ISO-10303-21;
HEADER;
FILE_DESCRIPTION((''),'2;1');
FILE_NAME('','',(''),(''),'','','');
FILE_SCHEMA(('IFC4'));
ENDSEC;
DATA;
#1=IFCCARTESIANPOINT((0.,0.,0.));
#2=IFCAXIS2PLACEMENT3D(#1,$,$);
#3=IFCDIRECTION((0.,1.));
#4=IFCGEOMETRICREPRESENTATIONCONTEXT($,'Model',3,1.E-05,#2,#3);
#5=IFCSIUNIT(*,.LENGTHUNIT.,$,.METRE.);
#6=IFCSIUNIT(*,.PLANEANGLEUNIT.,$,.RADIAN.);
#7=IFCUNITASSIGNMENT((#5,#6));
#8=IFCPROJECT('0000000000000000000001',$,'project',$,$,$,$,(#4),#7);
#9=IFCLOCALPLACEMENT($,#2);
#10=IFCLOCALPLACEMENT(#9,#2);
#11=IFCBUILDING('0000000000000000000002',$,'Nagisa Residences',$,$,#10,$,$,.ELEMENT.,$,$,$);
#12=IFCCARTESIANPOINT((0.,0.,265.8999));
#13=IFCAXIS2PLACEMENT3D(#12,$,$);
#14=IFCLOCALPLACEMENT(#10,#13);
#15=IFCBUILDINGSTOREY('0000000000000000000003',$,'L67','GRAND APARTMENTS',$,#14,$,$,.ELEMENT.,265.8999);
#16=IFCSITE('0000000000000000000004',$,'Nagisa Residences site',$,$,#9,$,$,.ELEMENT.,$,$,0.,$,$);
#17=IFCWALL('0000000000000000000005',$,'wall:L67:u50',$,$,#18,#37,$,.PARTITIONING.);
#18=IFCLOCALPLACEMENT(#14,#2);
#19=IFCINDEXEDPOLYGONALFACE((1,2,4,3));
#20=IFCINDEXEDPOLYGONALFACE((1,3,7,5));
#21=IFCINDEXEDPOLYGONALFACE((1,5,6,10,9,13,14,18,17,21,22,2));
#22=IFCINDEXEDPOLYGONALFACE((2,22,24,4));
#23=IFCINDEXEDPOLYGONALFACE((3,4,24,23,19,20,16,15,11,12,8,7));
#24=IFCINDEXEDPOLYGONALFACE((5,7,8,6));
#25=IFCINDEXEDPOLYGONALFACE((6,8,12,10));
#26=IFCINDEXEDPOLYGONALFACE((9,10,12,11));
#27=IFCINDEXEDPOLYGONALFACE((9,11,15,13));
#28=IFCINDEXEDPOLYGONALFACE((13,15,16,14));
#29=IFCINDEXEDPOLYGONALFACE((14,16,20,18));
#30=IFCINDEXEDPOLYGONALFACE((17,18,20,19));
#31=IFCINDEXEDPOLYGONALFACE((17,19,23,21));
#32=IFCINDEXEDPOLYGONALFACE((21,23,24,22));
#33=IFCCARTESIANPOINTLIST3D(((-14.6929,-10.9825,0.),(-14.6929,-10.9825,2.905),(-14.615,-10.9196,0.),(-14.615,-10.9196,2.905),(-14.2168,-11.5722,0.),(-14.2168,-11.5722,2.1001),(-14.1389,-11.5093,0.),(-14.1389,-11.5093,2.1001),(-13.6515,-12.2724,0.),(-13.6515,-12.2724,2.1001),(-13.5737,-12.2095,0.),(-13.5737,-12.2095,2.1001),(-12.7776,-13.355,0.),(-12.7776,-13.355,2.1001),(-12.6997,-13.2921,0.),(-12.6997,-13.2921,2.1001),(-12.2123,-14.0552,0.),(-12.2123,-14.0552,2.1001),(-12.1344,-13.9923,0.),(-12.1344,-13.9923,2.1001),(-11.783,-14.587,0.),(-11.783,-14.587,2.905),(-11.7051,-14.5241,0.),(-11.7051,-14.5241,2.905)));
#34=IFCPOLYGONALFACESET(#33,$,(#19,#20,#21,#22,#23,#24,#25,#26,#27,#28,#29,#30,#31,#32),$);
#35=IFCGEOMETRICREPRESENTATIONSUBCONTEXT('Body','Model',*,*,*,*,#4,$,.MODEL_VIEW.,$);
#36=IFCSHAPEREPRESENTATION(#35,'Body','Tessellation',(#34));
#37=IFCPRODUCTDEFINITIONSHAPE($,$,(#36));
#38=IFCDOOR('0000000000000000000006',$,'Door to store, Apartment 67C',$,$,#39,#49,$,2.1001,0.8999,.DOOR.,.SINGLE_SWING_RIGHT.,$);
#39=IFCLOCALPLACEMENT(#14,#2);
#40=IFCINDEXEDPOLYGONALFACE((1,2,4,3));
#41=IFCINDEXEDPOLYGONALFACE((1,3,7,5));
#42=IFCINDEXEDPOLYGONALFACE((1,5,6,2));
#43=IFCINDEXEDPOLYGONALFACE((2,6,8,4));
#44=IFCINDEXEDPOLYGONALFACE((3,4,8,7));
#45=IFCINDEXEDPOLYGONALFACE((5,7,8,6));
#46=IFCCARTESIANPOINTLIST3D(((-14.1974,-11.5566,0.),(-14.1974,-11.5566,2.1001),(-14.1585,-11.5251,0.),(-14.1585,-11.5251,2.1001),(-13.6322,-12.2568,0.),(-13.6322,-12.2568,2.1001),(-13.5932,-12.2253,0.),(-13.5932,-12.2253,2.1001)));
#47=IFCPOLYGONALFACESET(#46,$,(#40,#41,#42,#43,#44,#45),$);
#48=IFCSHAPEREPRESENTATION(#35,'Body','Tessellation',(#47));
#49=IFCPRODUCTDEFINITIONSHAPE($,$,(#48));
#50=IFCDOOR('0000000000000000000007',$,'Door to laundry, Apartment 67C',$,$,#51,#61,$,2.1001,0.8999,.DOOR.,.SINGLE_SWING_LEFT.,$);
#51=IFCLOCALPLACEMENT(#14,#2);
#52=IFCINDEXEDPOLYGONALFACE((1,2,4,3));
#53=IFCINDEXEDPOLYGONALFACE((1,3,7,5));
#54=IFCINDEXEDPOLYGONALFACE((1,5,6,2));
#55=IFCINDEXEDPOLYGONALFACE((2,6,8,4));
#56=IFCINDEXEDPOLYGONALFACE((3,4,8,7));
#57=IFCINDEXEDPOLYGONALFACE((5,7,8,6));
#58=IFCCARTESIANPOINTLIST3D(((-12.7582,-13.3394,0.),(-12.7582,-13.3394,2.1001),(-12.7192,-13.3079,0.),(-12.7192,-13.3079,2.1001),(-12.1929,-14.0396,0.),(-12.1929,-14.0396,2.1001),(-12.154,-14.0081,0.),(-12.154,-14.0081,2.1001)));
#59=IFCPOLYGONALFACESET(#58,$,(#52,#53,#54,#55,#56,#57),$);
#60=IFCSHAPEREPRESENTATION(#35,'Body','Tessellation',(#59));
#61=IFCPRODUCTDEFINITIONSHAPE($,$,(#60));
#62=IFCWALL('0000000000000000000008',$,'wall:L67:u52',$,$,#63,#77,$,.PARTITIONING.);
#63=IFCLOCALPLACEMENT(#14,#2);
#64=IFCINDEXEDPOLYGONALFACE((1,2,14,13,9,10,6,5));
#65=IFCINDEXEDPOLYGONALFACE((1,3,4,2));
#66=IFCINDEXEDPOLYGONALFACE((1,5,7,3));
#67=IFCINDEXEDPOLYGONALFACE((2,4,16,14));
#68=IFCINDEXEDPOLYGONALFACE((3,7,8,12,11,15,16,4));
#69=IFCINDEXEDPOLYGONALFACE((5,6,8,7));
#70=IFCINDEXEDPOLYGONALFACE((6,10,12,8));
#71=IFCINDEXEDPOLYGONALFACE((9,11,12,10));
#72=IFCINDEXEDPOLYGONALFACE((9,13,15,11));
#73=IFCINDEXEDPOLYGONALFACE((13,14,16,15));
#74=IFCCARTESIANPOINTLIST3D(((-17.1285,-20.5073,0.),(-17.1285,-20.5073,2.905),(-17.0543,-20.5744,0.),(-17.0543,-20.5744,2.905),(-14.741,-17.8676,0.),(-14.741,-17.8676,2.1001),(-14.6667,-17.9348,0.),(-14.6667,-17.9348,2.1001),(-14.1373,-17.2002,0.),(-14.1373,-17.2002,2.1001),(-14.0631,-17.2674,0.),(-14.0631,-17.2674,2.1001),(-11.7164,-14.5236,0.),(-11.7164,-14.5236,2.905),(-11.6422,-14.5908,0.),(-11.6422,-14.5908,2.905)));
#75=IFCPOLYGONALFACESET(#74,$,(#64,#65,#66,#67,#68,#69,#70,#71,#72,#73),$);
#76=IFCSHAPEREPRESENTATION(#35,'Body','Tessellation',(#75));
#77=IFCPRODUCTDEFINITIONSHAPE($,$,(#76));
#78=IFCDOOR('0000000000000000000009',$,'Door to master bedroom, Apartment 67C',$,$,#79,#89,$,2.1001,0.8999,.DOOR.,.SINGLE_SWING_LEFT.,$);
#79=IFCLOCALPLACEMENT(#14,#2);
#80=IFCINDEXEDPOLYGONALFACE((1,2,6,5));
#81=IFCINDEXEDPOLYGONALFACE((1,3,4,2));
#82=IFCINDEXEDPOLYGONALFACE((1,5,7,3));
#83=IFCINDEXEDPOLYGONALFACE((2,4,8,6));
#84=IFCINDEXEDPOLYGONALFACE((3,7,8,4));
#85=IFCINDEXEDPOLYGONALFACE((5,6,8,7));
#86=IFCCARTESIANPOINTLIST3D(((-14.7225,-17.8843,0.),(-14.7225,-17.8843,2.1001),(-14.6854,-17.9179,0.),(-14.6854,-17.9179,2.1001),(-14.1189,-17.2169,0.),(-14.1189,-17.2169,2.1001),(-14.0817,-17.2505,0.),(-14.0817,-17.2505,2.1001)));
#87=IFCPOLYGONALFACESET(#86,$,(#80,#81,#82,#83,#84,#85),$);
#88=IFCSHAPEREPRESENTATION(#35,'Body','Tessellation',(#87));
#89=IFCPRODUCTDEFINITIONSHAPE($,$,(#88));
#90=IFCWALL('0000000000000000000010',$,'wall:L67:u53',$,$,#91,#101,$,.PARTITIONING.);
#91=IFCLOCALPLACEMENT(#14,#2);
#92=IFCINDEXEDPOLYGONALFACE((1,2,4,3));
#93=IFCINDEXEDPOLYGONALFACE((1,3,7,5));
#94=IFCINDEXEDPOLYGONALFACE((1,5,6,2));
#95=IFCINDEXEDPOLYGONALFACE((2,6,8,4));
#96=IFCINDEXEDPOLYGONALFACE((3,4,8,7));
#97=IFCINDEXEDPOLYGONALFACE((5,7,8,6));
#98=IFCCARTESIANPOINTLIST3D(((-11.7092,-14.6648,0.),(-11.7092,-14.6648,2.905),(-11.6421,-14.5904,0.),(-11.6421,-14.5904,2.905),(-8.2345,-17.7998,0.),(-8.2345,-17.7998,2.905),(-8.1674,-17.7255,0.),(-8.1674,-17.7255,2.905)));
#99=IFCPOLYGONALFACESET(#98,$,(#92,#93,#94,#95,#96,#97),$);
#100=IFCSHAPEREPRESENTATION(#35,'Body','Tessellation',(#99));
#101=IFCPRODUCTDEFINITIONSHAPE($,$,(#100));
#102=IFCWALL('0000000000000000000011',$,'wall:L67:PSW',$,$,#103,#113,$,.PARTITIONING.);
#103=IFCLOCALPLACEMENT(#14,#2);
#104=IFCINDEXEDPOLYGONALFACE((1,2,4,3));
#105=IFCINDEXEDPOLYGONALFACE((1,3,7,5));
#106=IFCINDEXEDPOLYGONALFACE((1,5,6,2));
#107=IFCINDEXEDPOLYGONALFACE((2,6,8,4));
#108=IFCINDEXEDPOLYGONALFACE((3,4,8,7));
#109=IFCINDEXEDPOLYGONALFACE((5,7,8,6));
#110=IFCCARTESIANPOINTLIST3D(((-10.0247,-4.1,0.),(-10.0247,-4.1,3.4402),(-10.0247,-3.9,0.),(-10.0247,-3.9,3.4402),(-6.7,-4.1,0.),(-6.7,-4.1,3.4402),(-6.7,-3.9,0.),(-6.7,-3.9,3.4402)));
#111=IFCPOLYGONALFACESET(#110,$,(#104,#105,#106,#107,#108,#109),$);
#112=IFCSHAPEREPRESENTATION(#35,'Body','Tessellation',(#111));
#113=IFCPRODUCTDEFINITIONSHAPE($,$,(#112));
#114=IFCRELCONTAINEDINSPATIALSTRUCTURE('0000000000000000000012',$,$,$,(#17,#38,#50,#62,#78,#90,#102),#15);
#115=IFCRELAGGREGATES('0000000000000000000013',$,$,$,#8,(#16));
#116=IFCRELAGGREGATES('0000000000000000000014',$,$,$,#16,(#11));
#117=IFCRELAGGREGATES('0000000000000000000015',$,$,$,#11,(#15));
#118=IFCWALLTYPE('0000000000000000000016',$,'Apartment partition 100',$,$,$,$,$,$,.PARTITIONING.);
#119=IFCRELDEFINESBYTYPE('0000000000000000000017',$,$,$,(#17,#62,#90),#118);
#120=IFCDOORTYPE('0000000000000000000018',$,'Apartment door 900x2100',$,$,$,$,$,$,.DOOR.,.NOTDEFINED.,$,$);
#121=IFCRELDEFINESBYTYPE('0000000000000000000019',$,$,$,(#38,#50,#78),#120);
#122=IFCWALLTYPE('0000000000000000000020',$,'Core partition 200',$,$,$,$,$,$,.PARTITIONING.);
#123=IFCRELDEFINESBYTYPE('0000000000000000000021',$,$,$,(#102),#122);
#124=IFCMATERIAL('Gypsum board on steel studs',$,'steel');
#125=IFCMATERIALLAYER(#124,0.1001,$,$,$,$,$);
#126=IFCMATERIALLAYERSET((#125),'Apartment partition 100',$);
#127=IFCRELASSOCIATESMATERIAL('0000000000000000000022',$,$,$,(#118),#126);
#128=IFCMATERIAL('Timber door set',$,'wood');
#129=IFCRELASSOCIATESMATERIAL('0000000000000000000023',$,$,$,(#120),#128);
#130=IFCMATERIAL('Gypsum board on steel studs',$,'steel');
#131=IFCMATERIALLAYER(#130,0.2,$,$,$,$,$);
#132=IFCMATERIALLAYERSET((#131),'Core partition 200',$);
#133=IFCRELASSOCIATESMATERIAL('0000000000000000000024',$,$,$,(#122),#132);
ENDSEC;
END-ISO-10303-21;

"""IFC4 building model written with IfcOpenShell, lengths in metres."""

from ifc_helpers import new_model, si_unit, direction, frame, frame_2d, origin, place, context, subcontext, project, spatial, rectangle, extrude, material, layer, layer_set, type_object, element, fill, save


model = new_model("IFC4")

# Units and contexts
model_context = context("Model", 3, precision=1e-05, world=origin(), true_north=direction((0.0, 1.0)))
body_context = subcontext(model_context, "Body", "Model", "MODEL_VIEW")
ifc_project = project(units=[si_unit("LENGTHUNIT", "METRE"), si_unit("PLANEANGLEUNIT", "RADIAN")], contexts=[model_context])

# Site, building, storey
site_placement = place(None, origin())
site = spatial("IfcSite", under=ifc_project, at=site_placement, Name="Nagisa Residences site", CompositionType="ELEMENT", RefElevation=0.0)
building_placement = place(site_placement, origin())
building = spatial("IfcBuilding", under=site, at=building_placement, Name="Nagisa Residences", CompositionType="ELEMENT")
storey_placement = place(building_placement, frame((0.0, 0.0, 265.8999)))
storey = spatial("IfcBuildingStorey", under=building, at=storey_placement, Name="L67", Description="GRAND APARTMENTS", CompositionType="ELEMENT", Elevation=265.8999)

# Shared definitions
ifc_material_1 = material(Name="Gypsum board on steel studs", Category="steel")
ifc_layer_1 = layer(ifc_material_1, 0.1001)
ifc_layer_set_1 = layer_set([ifc_layer_1], Name="Apartment partition 100")
wall_type_1 = type_object("IfcWallType", Name="Apartment partition 100", PredefinedType="PARTITIONING", material=ifc_layer_set_1)
ifc_material_2 = material(Name="Timber door set", Category="wood")
door_type = type_object("IfcDoorType", Name="Apartment door 900x2100", OperationType="NOTDEFINED", PredefinedType="DOOR", material=ifc_material_2)

# Wall, openings, doors
wall_1_placement = place(storey_placement, frame((-14.6541, -10.9509, 0.0), z_axis=(0.0, 0.0, 1.0), x_axis=(0.628153, -0.77809, 0.0)))
wall_1 = element("IfcWall", 1, at=wall_1_placement, inside=storey, type_object=wall_type_1, Name="wall:L67:u50", PredefinedType="PARTITIONING", context=body_context, shape_type="SweptSolid", body=[
    extrude(rectangle(XDim=4.6326, YDim=0.1001, at=frame_2d((2.3164, 0.0))), origin(), (0.0, 0.0, 1.0), 2.905),
])
opening_1_placement = place(wall_1_placement, frame((0.7581, 0.0, 0.0)))
opening_1 = element("IfcOpeningElement", 2, at=opening_1_placement, cuts=wall_1, PredefinedType="OPENING", context=body_context, shape_type="SweptSolid", body=[
    extrude(rectangle(XDim=0.8999, YDim=2.1001, at=frame_2d((0.45, 1.05))), frame((0.0, 0.0601, 0.0), z_axis=(0.0, -1.0, 0.0), x_axis=(1.0, 0.0, 0.0)), (0.0, 0.0, 1.0), 0.1201),
])
opening_2_placement = place(wall_1_placement, frame((3.0493, 0.0, 0.0)))
opening_2 = element("IfcOpeningElement", 3, at=opening_2_placement, cuts=wall_1, PredefinedType="OPENING", context=body_context, shape_type="SweptSolid", body=[
    extrude(rectangle(XDim=0.8999, YDim=2.1001, at=frame_2d((0.45, 1.05))), frame((0.0, 0.0601, 0.0), z_axis=(0.0, -1.0, 0.0), x_axis=(1.0, 0.0, 0.0)), (0.0, 0.0, 1.0), 0.1201),
])
door_1_placement = place(opening_1_placement, origin())
door_1 = element("IfcDoor", 4, at=door_1_placement, inside=storey, type_object=door_type, Name="Door to store, Apartment 67C", OperationType="SINGLE_SWING_RIGHT", OverallHeight=2.1001, OverallWidth=0.8999, PredefinedType="DOOR", context=body_context, shape_type="SweptSolid", body=[
    extrude(rectangle(XDim=0.8999, YDim=2.1001, at=frame_2d((0.45, 1.05))), frame((0.0, 0.0249, 0.0), z_axis=(0.0, -1.0, 0.0), x_axis=(1.0, 0.0, 0.0)), (0.0, 0.0, 1.0), 0.05),
])
fill(opening_1, door_1)
door_2_placement = place(opening_2_placement, origin())
door_2 = element("IfcDoor", 5, at=door_2_placement, inside=storey, type_object=door_type, Name="Door to laundry, Apartment 67C", OperationType="SINGLE_SWING_LEFT", OverallHeight=2.1001, OverallWidth=0.8999, PredefinedType="DOOR", context=body_context, shape_type="SweptSolid", body=[
    extrude(rectangle(XDim=0.8999, YDim=2.1001, at=frame_2d((0.45, 1.05))), frame((0.0, 0.0249, 0.0), z_axis=(0.0, -1.0, 0.0), x_axis=(1.0, 0.0, 0.0)), (0.0, 0.0, 1.0), 0.05),
])
fill(opening_2, door_2)

# Wall, opening, door
wall_2_placement = place(storey_placement, frame((-11.6792, -14.5571, 0.0), z_axis=(0.0, 0.0, 1.0), x_axis=(-0.6708, -0.741638, 0.0)))
wall_2 = element("IfcWall", 6, at=wall_2_placement, inside=storey, type_object=wall_type_1, Name="wall:L67:u52", PredefinedType="PARTITIONING", context=body_context, shape_type="SweptSolid", body=[
    extrude(rectangle(XDim=8.0681, YDim=0.1001, at=frame_2d((4.0342, 0.0))), origin(), (0.0, 0.0, 1.0), 2.905),
])
opening_3_placement = place(wall_2_placement, frame((3.6091, 0.0, 0.0)))
opening_3 = element("IfcOpeningElement", 7, at=opening_3_placement, cuts=wall_2, PredefinedType="OPENING", context=body_context, shape_type="SweptSolid", body=[
    extrude(rectangle(XDim=0.8999, YDim=2.1001, at=frame_2d((0.45, 1.05))), frame((0.0, 0.0601, 0.0), z_axis=(0.0, -1.0, 0.0), x_axis=(1.0, 0.0, 0.0)), (0.0, 0.0, 1.0), 0.1201),
])
door_3_placement = place(opening_3_placement, origin())
door_3 = element("IfcDoor", 8, at=door_3_placement, inside=storey, type_object=door_type, Name="Door to master bedroom, Apartment 67C", OperationType="SINGLE_SWING_LEFT", OverallHeight=2.1001, OverallWidth=0.8999, PredefinedType="DOOR", context=body_context, shape_type="SweptSolid", body=[
    extrude(rectangle(XDim=0.8999, YDim=2.1001, at=frame_2d((0.45, 1.05))), frame((0.0, 0.0249, 0.0), z_axis=(0.0, -1.0, 0.0), x_axis=(1.0, 0.0, 0.0)), (0.0, 0.0, 1.0), 0.05),
])
fill(opening_3, door_3)

# Walls
wall_3_placement = place(storey_placement, frame((-11.6755, -14.6277, 0.0), z_axis=(0.0, 0.0, 1.0), x_axis=(0.742458, -0.669892, 0.0)))
element("IfcWall", 9, at=wall_3_placement, inside=storey, type_object=wall_type_1, Name="wall:L67:u53", PredefinedType="PARTITIONING", context=body_context, shape_type="SweptSolid", body=[
    extrude(rectangle(XDim=4.6799, YDim=0.1001, at=frame_2d((2.3398, 0.0))), origin(), (0.0, 0.0, 1.0), 2.905),
])
ifc_material_3 = material(Name="Gypsum board on steel studs", Category="steel")
ifc_layer_2 = layer(ifc_material_3, 0.2)
ifc_layer_set_2 = layer_set([ifc_layer_2], Name="Core partition 200")
wall_type_2 = type_object("IfcWallType", Name="Core partition 200", PredefinedType="PARTITIONING", material=ifc_layer_set_2)
wall_4_placement = place(storey_placement, frame((-10.0247, -4.0, 0.0), z_axis=(0.0, 0.0, 1.0), x_axis=(1.0, 0.0, 0.0)))
element("IfcWall", 10, at=wall_4_placement, inside=storey, type_object=wall_type_2, Name="wall:L67:PSW", PredefinedType="PARTITIONING", context=body_context, shape_type="SweptSolid", body=[
    extrude(rectangle(XDim=3.3247, YDim=0.2, at=frame_2d((1.6624, 0.0))), origin(), (0.0, 0.0, 1.0), 3.4402),
])

save(model, "model.ifc")
